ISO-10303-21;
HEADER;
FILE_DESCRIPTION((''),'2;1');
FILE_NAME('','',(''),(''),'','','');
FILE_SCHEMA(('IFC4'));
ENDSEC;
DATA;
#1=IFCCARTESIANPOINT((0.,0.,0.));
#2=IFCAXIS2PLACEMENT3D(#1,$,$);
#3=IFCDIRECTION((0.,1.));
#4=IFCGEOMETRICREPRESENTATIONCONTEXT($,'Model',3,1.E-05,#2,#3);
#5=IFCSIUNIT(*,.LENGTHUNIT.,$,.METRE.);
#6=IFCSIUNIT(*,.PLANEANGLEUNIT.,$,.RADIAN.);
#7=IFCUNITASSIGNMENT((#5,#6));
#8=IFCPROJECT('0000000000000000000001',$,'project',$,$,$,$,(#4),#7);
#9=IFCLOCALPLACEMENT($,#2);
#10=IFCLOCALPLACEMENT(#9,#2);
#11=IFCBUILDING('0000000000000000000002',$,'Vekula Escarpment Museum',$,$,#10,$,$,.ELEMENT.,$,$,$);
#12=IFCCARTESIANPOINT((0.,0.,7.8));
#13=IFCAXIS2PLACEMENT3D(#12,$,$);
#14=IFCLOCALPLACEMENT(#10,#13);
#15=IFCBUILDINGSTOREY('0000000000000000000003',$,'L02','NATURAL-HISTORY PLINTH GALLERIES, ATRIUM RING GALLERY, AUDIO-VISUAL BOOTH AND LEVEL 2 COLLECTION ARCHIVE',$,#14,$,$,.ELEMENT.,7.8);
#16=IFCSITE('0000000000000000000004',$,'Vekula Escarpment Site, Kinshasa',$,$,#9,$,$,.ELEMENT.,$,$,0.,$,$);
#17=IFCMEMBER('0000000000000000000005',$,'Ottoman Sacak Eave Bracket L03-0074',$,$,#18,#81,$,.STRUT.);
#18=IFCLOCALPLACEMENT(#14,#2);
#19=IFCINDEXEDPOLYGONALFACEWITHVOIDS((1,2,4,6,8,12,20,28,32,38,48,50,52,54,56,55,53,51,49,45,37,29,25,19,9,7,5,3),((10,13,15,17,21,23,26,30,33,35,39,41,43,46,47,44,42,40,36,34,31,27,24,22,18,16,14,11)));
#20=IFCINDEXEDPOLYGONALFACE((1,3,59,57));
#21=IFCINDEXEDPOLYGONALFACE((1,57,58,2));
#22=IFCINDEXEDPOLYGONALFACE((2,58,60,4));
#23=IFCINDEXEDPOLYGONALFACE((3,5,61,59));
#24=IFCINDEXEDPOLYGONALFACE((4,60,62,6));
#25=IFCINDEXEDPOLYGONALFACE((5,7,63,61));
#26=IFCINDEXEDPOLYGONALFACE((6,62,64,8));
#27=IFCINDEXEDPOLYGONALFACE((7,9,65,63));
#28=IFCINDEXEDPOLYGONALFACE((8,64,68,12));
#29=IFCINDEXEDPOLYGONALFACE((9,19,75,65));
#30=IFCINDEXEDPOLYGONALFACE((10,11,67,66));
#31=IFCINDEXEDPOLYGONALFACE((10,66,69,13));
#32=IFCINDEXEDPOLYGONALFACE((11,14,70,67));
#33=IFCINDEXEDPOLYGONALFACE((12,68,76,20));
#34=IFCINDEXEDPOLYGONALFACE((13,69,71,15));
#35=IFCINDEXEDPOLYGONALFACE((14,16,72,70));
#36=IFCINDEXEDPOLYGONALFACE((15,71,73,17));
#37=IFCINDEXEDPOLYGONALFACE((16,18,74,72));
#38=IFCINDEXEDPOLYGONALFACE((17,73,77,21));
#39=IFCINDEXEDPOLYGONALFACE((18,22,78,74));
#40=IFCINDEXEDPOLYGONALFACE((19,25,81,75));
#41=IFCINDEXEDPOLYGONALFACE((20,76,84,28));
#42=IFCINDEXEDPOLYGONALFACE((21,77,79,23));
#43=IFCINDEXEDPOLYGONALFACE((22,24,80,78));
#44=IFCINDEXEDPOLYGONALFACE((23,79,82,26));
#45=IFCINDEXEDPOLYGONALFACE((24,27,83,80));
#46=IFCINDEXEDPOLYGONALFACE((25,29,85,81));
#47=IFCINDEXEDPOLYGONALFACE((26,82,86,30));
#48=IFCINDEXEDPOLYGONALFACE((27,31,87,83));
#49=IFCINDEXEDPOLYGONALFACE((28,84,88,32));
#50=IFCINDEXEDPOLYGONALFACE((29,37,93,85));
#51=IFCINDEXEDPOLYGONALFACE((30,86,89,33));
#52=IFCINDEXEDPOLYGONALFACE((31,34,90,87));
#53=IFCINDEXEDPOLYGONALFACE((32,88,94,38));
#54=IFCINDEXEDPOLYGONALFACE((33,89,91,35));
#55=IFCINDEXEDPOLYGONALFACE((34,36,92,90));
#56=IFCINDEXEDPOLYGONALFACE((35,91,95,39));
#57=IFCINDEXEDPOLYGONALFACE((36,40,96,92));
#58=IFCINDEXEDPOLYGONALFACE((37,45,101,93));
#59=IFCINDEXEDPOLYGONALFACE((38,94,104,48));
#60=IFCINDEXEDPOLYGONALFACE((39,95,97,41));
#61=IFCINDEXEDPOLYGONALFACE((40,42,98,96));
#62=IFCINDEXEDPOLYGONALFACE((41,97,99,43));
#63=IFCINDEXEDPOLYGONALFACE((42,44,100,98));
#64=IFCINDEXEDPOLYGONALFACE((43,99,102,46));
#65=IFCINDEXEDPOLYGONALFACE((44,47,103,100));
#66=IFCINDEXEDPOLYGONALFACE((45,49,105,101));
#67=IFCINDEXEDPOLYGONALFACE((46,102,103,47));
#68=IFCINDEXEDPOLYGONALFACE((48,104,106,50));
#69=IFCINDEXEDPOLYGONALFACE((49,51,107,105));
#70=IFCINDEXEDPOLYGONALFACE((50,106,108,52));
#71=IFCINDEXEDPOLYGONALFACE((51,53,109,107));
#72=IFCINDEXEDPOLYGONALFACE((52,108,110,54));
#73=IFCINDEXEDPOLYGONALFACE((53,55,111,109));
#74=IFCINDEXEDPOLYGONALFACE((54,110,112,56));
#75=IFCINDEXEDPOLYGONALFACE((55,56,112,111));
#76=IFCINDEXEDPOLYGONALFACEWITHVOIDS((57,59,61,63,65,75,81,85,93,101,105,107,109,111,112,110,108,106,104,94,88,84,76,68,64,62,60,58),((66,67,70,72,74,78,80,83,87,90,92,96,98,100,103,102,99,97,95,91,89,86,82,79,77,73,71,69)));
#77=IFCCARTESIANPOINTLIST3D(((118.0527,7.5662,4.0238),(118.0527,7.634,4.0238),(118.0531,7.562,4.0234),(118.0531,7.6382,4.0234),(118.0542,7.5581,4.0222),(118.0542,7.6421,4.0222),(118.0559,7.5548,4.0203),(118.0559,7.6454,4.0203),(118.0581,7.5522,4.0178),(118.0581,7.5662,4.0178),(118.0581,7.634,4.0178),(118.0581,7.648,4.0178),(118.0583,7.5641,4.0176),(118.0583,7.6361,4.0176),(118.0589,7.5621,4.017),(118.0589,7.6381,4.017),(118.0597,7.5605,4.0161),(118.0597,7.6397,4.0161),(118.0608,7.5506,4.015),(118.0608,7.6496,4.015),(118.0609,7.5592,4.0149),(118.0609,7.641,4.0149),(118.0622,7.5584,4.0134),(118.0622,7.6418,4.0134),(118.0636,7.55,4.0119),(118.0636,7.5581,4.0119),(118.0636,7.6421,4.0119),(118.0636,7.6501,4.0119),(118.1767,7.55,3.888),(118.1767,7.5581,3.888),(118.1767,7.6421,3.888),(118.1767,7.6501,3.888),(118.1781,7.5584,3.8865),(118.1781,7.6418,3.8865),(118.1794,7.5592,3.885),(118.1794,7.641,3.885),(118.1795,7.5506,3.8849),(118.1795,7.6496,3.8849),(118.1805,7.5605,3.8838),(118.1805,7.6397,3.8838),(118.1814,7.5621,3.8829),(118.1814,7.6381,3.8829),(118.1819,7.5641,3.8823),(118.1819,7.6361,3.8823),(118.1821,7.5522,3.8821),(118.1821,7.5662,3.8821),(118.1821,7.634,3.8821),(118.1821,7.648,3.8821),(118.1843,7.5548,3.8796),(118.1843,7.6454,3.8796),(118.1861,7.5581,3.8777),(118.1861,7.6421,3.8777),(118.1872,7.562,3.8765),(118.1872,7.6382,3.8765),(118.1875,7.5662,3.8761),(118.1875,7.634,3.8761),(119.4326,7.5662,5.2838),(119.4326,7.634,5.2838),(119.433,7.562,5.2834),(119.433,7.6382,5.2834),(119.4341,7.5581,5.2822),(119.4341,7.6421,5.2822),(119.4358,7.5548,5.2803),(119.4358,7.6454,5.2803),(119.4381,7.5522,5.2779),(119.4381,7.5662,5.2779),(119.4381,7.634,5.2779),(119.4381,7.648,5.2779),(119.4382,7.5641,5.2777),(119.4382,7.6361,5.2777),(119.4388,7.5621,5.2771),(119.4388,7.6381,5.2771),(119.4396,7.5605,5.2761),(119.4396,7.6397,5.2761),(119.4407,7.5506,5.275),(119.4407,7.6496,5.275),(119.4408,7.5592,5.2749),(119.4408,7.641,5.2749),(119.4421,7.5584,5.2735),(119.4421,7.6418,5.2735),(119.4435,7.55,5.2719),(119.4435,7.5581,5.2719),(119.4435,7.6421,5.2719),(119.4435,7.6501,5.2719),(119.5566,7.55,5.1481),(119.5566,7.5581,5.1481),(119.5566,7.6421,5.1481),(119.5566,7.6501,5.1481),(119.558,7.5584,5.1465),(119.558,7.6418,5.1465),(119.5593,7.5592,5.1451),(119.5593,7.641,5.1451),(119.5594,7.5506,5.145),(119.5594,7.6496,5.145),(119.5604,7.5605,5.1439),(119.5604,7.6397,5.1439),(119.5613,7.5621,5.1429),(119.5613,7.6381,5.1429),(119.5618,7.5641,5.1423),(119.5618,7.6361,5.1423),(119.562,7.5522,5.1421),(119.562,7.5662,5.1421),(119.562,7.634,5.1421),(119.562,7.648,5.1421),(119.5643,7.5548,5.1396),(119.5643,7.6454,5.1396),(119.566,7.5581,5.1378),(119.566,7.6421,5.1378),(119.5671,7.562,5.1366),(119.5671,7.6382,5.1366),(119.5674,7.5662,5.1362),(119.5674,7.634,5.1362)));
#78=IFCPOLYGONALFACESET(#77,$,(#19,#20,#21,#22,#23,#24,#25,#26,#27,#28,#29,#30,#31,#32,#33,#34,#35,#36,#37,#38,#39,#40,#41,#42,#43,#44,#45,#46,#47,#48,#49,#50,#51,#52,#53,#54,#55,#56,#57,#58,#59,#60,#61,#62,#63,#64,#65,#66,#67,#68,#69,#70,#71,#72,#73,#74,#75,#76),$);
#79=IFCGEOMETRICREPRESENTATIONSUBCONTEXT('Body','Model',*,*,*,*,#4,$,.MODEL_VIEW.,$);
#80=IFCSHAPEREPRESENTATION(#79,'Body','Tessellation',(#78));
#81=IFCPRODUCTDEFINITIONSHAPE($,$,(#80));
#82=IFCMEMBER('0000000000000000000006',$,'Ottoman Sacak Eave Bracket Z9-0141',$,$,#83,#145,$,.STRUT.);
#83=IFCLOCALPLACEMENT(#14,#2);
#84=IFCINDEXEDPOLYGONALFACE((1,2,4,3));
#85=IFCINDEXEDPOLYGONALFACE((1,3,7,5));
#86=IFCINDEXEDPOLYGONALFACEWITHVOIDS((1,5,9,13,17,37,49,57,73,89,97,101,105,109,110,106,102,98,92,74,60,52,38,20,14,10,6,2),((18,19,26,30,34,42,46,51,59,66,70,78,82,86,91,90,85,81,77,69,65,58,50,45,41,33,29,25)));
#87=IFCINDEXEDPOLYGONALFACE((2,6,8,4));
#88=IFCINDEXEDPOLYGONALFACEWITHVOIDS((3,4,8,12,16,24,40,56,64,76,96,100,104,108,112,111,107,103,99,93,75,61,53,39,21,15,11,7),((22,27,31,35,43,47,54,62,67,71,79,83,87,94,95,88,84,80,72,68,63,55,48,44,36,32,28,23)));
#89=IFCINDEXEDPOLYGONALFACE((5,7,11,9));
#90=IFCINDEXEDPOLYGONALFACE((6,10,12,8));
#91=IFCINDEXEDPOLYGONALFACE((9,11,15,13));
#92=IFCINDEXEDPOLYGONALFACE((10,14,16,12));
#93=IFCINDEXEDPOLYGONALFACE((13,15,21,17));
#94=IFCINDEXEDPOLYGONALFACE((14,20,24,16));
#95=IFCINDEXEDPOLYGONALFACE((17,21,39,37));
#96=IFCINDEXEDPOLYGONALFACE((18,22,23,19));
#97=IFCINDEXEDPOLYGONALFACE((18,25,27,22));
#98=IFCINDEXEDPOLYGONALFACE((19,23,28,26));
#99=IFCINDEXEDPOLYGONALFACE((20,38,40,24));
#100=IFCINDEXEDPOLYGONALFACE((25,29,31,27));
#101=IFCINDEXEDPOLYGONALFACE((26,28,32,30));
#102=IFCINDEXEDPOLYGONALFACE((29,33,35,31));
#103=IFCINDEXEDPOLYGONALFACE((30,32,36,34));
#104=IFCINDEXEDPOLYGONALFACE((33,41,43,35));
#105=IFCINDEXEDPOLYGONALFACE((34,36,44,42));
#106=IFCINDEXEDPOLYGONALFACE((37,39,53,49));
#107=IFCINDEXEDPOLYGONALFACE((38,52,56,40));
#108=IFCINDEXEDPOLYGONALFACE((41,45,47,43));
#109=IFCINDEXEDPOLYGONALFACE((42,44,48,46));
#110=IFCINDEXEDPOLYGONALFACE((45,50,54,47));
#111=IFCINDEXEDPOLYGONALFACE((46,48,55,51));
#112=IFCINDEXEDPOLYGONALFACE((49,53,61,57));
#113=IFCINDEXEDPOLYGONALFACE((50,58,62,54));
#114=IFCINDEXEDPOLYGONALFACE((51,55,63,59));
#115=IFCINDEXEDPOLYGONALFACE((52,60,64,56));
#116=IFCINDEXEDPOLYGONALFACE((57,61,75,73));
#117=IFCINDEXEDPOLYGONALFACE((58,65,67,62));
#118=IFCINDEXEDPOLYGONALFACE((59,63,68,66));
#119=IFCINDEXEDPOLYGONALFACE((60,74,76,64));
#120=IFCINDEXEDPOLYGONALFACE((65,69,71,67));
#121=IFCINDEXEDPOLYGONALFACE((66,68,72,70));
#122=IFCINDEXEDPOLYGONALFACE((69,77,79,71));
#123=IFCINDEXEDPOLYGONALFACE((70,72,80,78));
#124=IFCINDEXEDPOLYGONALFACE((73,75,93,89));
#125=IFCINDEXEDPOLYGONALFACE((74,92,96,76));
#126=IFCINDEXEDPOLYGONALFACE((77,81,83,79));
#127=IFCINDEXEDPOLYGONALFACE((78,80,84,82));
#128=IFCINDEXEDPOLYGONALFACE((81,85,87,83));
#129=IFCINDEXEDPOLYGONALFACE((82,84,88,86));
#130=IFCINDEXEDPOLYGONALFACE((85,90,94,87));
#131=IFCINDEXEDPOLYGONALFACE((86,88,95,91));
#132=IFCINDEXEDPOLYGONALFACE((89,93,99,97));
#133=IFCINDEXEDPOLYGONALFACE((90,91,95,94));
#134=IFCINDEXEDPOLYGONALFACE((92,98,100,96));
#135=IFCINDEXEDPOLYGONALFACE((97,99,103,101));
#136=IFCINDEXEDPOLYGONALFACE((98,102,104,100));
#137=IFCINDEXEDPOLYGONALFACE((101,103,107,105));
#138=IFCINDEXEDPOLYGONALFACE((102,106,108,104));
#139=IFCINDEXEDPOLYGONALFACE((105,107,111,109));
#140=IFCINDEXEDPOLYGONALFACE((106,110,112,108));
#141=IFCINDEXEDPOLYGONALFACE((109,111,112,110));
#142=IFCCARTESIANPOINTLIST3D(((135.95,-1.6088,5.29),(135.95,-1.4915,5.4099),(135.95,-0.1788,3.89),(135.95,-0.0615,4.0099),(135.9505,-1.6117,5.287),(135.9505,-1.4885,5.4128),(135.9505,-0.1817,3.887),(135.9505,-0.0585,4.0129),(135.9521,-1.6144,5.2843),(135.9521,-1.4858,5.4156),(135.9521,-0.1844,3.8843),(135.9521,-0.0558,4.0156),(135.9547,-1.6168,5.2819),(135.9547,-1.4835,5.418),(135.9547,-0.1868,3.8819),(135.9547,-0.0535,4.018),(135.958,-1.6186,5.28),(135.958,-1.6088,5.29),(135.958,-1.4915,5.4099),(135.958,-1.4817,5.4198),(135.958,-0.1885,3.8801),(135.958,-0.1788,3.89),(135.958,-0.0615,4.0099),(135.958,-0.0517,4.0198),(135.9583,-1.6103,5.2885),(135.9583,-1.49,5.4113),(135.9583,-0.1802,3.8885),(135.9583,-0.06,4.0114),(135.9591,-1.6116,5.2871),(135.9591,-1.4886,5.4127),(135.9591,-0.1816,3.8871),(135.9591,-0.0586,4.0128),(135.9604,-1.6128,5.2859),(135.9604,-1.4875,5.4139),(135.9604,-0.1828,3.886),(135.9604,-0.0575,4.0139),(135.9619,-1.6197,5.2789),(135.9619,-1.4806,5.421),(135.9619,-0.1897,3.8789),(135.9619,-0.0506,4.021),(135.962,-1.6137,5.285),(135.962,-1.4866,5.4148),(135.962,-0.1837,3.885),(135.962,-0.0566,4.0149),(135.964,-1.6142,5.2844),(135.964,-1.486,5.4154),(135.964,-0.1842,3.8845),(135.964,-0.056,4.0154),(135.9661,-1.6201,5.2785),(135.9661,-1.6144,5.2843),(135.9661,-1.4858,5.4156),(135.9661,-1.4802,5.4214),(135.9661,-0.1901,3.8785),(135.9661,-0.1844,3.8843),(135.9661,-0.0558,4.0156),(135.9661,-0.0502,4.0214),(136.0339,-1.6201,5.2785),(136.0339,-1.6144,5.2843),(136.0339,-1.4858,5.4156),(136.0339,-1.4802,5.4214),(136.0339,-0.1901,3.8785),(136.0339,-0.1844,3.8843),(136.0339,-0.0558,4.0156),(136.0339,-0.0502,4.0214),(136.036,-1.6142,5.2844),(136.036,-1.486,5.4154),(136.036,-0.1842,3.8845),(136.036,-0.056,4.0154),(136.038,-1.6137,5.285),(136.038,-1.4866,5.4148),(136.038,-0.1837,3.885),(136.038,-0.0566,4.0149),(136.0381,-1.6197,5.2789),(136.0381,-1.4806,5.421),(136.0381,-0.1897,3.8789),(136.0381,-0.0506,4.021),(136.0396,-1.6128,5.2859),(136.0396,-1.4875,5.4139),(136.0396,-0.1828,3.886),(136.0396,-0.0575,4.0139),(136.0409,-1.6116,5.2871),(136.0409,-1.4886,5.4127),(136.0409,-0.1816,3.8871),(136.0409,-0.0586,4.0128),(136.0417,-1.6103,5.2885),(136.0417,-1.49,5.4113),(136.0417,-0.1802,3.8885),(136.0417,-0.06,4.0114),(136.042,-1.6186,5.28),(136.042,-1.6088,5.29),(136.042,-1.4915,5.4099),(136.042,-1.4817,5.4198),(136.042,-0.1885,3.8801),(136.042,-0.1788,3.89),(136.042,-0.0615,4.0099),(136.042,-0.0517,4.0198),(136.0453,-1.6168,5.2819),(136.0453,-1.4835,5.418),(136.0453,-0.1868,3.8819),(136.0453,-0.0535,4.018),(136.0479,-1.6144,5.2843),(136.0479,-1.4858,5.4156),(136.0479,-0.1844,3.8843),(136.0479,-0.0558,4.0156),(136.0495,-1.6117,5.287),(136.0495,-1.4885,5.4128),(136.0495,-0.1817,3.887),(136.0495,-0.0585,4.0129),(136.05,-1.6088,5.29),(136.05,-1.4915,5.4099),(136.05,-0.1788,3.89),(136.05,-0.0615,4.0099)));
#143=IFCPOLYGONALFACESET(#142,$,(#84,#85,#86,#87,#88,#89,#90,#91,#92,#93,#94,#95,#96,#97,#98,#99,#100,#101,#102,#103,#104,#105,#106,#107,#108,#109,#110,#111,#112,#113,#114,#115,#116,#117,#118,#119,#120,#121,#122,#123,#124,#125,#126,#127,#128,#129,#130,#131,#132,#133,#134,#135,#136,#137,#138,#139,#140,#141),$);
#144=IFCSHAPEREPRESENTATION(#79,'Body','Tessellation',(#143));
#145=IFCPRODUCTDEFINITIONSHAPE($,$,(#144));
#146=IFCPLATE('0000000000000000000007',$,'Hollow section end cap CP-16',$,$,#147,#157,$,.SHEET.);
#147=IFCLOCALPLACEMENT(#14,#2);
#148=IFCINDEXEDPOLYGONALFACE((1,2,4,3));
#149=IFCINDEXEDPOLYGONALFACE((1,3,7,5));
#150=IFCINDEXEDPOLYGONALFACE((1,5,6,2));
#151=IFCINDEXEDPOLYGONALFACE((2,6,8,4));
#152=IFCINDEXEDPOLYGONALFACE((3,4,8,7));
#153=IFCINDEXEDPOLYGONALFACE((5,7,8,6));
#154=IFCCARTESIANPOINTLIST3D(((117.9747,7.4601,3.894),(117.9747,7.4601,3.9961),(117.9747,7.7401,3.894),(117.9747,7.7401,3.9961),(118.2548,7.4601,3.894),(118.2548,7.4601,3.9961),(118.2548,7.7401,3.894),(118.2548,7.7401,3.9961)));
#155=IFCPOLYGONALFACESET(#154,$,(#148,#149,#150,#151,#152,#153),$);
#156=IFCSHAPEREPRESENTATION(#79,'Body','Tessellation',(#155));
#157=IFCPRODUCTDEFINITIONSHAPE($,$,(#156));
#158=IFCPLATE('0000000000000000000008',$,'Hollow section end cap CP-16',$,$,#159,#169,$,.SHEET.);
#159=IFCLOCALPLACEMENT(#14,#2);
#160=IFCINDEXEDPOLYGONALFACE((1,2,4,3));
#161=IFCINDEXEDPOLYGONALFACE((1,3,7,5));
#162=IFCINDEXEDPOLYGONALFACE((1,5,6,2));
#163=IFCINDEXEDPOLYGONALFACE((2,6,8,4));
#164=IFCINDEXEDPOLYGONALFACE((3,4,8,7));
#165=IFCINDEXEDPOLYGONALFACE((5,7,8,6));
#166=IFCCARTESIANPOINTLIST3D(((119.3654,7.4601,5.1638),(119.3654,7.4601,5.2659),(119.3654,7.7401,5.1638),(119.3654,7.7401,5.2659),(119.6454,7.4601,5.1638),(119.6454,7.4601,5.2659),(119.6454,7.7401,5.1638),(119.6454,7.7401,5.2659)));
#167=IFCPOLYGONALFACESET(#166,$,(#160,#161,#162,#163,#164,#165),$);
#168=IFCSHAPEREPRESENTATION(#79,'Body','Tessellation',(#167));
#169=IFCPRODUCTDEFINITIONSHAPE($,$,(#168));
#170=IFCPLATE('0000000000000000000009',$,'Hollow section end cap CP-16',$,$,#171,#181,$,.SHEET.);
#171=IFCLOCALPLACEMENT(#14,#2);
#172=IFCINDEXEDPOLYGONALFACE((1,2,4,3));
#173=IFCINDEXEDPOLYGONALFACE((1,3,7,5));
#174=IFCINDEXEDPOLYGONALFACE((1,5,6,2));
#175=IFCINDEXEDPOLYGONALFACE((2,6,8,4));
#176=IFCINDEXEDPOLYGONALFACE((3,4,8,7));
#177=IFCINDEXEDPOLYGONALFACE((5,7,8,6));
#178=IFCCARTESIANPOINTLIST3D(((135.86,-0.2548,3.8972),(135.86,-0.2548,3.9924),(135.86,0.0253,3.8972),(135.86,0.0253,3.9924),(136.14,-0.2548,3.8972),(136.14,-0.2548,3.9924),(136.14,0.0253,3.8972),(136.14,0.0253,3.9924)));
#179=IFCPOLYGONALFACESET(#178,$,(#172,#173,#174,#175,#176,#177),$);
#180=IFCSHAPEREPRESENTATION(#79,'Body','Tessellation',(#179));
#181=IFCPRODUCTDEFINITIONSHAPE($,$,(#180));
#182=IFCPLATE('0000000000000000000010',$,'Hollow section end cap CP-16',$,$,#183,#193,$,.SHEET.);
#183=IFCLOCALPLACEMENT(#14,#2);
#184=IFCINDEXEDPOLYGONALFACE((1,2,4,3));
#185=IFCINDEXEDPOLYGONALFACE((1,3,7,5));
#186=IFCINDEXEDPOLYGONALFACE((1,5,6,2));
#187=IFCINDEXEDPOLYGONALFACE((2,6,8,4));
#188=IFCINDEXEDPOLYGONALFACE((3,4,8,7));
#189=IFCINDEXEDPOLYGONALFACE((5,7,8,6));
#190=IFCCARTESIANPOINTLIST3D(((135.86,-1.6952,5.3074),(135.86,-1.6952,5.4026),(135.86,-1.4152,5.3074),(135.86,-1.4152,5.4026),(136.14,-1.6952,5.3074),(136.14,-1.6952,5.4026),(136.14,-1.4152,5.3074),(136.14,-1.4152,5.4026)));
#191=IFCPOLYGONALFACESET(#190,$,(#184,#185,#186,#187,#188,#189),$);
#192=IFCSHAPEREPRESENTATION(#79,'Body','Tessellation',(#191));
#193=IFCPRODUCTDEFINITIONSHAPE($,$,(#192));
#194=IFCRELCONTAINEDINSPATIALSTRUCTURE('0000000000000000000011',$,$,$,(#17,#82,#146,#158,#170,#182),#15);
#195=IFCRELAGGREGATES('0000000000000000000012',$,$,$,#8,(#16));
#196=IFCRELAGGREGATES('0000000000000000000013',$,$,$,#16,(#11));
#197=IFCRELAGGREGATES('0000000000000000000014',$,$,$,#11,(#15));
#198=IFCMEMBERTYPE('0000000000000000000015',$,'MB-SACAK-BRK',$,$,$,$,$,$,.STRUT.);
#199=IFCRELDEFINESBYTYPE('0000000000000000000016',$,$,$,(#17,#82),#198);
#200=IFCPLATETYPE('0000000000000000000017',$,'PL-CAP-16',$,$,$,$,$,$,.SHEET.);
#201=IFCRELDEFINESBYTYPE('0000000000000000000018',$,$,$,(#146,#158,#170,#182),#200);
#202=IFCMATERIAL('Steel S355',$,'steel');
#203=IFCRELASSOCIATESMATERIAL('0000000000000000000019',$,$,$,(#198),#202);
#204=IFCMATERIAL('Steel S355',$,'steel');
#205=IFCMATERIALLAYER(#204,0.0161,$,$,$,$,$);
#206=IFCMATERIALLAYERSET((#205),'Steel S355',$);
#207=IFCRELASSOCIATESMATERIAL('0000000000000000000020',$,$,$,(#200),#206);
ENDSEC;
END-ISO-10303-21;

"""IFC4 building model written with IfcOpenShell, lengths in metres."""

from ifc_helpers import new_model, si_unit, direction, frame, origin, origin_2d, place, context, subcontext, project, spatial, rectangle, hollow_rectangle, extrude, material, layer, layer_set, material_profile, profile_set, type_object, element, save


model = new_model("IFC4")

# Units and contexts
model_context = context("Model", 3, precision=1e-05, world=origin(), true_north=direction((0.0, 1.0)))
body_context = subcontext(model_context, "Body", "Model", "MODEL_VIEW")
ifc_project = project(units=[si_unit("LENGTHUNIT", "METRE"), si_unit("PLANEANGLEUNIT", "RADIAN")], contexts=[model_context])

# Site, building, storey
site_placement = place(None, origin())
site = spatial("IfcSite", under=ifc_project, at=site_placement, Name="Vekula Escarpment Site, Kinshasa", CompositionType="ELEMENT", RefElevation=0.0)
building_placement = place(site_placement, origin())
building = spatial("IfcBuilding", under=site, at=building_placement, Name="Vekula Escarpment Museum", CompositionType="ELEMENT")
storey_placement = place(building_placement, frame((0.0, 0.0, 7.8)))
storey = spatial("IfcBuildingStorey", under=building, at=storey_placement, Name="L02", Description="NATURAL-HISTORY PLINTH GALLERIES, ATRIUM RING GALLERY, AUDIO-VISUAL BOOTH AND LEVEL 2 COLLECTION ARCHIVE", CompositionType="ELEMENT", Elevation=7.8)

# Members
ifc_material_1 = material(Name="Steel S355", Category="steel")
ifc_material_profile_1 = material_profile(ifc_material_1, hollow_rectangle(XDim=0.1001, YDim=0.2, WallThickness=0.0081, InnerFilletRadius=0.0081, OuterFilletRadius=0.0161, at=origin_2d()), Name="RHS 200x100x8")
ifc_profile_set_1 = profile_set([ifc_material_profile_1], Name="Steel S355")
member_type = type_object("IfcMemberType", Name="MB-SACAK-BRK", PredefinedType="STRUT", material=ifc_profile_set_1)
member_1_placement = place(storey_placement, frame((118.1201, 7.6001, 3.95), z_axis=(0.738454, 0.0, 0.674303), x_axis=(0.0, 1.0, 0.0)))
element("IfcMember", 1, at=member_1_placement, inside=storey, type_object=member_type, Name="Ottoman Sacak Eave Bracket L03-0074", PredefinedType="STRUT", context=body_context, shape_type="SweptSolid", body=[
    extrude(hollow_rectangle(XDim=0.1001, YDim=0.2, WallThickness=0.0081, InnerFilletRadius=0.0081, OuterFilletRadius=0.0161, at=origin_2d()), origin(), (0.0, 0.0, 1.0), 1.8687),
])
member_2_placement = place(storey_placement, frame((136.0, -0.1201, 3.95), z_axis=(0.0, -0.71457, 0.699564), x_axis=(1.0, 0.0, 0.0)))
element("IfcMember", 2, at=member_2_placement, inside=storey, type_object=member_type, Name="Ottoman Sacak Eave Bracket Z9-0141", PredefinedType="STRUT", context=body_context, shape_type="SweptSolid", body=[
    extrude(hollow_rectangle(XDim=0.1001, YDim=0.2, WallThickness=0.0081, InnerFilletRadius=0.0081, OuterFilletRadius=0.0161, at=origin_2d()), origin(), (0.0, 0.0, 1.0), 2.0012),
])

# Plates
ifc_material_2 = material(Name="Steel S355", Category="steel")
ifc_layer_1 = layer(ifc_material_2, 0.0161)
ifc_layer_set_1 = layer_set([ifc_layer_1], Name="Steel S355")
plate_type_1 = type_object("IfcPlateType", Name="PL-CAP-16", PredefinedType="SHEET", material=ifc_layer_set_1)
for number, where, z_axis, x_axis, name in (
    (3, (118.1147, 7.6001, 3.894), (0.0, 0.0, 1.0), (1.0, 0.0, 0.0), "Hollow section end cap CP-16"),
    (4, (119.5054, 7.6001, 5.1638), (0.0, 0.0, 1.0), (1.0, 0.0, 0.0), "Hollow section end cap CP-16"),
):
    element("IfcPlate", number, at=place(storey_placement, frame(where, z_axis=z_axis, x_axis=x_axis)), inside=storey, type_object=plate_type_1, Name=name, PredefinedType="SHEET", context=body_context, shape_type="SweptSolid", body=[
        extrude(rectangle(XDim=0.28, YDim=0.28, at=origin_2d()), origin(), (0.0, 0.0, 1.0), 0.1021),
    ])
for number, where, z_axis, x_axis, name in (
    (5, (136.0, -0.1147, 3.8972), (0.0, 0.0, 1.0), (1.0, 0.0, 0.0), "Hollow section end cap CP-16"),
    (6, (136.0, -1.5552, 5.3074), (0.0, 0.0, 1.0), (1.0, 0.0, 0.0), "Hollow section end cap CP-16"),
):
    element("IfcPlate", number, at=place(storey_placement, frame(where, z_axis=z_axis, x_axis=x_axis)), inside=storey, type_object=plate_type_1, Name=name, PredefinedType="SHEET", context=body_context, shape_type="SweptSolid", body=[
        extrude(rectangle(XDim=0.28, YDim=0.28, at=origin_2d()), origin(), (0.0, 0.0, 1.0), 0.0952),
    ])

save(model, "model.ifc")
